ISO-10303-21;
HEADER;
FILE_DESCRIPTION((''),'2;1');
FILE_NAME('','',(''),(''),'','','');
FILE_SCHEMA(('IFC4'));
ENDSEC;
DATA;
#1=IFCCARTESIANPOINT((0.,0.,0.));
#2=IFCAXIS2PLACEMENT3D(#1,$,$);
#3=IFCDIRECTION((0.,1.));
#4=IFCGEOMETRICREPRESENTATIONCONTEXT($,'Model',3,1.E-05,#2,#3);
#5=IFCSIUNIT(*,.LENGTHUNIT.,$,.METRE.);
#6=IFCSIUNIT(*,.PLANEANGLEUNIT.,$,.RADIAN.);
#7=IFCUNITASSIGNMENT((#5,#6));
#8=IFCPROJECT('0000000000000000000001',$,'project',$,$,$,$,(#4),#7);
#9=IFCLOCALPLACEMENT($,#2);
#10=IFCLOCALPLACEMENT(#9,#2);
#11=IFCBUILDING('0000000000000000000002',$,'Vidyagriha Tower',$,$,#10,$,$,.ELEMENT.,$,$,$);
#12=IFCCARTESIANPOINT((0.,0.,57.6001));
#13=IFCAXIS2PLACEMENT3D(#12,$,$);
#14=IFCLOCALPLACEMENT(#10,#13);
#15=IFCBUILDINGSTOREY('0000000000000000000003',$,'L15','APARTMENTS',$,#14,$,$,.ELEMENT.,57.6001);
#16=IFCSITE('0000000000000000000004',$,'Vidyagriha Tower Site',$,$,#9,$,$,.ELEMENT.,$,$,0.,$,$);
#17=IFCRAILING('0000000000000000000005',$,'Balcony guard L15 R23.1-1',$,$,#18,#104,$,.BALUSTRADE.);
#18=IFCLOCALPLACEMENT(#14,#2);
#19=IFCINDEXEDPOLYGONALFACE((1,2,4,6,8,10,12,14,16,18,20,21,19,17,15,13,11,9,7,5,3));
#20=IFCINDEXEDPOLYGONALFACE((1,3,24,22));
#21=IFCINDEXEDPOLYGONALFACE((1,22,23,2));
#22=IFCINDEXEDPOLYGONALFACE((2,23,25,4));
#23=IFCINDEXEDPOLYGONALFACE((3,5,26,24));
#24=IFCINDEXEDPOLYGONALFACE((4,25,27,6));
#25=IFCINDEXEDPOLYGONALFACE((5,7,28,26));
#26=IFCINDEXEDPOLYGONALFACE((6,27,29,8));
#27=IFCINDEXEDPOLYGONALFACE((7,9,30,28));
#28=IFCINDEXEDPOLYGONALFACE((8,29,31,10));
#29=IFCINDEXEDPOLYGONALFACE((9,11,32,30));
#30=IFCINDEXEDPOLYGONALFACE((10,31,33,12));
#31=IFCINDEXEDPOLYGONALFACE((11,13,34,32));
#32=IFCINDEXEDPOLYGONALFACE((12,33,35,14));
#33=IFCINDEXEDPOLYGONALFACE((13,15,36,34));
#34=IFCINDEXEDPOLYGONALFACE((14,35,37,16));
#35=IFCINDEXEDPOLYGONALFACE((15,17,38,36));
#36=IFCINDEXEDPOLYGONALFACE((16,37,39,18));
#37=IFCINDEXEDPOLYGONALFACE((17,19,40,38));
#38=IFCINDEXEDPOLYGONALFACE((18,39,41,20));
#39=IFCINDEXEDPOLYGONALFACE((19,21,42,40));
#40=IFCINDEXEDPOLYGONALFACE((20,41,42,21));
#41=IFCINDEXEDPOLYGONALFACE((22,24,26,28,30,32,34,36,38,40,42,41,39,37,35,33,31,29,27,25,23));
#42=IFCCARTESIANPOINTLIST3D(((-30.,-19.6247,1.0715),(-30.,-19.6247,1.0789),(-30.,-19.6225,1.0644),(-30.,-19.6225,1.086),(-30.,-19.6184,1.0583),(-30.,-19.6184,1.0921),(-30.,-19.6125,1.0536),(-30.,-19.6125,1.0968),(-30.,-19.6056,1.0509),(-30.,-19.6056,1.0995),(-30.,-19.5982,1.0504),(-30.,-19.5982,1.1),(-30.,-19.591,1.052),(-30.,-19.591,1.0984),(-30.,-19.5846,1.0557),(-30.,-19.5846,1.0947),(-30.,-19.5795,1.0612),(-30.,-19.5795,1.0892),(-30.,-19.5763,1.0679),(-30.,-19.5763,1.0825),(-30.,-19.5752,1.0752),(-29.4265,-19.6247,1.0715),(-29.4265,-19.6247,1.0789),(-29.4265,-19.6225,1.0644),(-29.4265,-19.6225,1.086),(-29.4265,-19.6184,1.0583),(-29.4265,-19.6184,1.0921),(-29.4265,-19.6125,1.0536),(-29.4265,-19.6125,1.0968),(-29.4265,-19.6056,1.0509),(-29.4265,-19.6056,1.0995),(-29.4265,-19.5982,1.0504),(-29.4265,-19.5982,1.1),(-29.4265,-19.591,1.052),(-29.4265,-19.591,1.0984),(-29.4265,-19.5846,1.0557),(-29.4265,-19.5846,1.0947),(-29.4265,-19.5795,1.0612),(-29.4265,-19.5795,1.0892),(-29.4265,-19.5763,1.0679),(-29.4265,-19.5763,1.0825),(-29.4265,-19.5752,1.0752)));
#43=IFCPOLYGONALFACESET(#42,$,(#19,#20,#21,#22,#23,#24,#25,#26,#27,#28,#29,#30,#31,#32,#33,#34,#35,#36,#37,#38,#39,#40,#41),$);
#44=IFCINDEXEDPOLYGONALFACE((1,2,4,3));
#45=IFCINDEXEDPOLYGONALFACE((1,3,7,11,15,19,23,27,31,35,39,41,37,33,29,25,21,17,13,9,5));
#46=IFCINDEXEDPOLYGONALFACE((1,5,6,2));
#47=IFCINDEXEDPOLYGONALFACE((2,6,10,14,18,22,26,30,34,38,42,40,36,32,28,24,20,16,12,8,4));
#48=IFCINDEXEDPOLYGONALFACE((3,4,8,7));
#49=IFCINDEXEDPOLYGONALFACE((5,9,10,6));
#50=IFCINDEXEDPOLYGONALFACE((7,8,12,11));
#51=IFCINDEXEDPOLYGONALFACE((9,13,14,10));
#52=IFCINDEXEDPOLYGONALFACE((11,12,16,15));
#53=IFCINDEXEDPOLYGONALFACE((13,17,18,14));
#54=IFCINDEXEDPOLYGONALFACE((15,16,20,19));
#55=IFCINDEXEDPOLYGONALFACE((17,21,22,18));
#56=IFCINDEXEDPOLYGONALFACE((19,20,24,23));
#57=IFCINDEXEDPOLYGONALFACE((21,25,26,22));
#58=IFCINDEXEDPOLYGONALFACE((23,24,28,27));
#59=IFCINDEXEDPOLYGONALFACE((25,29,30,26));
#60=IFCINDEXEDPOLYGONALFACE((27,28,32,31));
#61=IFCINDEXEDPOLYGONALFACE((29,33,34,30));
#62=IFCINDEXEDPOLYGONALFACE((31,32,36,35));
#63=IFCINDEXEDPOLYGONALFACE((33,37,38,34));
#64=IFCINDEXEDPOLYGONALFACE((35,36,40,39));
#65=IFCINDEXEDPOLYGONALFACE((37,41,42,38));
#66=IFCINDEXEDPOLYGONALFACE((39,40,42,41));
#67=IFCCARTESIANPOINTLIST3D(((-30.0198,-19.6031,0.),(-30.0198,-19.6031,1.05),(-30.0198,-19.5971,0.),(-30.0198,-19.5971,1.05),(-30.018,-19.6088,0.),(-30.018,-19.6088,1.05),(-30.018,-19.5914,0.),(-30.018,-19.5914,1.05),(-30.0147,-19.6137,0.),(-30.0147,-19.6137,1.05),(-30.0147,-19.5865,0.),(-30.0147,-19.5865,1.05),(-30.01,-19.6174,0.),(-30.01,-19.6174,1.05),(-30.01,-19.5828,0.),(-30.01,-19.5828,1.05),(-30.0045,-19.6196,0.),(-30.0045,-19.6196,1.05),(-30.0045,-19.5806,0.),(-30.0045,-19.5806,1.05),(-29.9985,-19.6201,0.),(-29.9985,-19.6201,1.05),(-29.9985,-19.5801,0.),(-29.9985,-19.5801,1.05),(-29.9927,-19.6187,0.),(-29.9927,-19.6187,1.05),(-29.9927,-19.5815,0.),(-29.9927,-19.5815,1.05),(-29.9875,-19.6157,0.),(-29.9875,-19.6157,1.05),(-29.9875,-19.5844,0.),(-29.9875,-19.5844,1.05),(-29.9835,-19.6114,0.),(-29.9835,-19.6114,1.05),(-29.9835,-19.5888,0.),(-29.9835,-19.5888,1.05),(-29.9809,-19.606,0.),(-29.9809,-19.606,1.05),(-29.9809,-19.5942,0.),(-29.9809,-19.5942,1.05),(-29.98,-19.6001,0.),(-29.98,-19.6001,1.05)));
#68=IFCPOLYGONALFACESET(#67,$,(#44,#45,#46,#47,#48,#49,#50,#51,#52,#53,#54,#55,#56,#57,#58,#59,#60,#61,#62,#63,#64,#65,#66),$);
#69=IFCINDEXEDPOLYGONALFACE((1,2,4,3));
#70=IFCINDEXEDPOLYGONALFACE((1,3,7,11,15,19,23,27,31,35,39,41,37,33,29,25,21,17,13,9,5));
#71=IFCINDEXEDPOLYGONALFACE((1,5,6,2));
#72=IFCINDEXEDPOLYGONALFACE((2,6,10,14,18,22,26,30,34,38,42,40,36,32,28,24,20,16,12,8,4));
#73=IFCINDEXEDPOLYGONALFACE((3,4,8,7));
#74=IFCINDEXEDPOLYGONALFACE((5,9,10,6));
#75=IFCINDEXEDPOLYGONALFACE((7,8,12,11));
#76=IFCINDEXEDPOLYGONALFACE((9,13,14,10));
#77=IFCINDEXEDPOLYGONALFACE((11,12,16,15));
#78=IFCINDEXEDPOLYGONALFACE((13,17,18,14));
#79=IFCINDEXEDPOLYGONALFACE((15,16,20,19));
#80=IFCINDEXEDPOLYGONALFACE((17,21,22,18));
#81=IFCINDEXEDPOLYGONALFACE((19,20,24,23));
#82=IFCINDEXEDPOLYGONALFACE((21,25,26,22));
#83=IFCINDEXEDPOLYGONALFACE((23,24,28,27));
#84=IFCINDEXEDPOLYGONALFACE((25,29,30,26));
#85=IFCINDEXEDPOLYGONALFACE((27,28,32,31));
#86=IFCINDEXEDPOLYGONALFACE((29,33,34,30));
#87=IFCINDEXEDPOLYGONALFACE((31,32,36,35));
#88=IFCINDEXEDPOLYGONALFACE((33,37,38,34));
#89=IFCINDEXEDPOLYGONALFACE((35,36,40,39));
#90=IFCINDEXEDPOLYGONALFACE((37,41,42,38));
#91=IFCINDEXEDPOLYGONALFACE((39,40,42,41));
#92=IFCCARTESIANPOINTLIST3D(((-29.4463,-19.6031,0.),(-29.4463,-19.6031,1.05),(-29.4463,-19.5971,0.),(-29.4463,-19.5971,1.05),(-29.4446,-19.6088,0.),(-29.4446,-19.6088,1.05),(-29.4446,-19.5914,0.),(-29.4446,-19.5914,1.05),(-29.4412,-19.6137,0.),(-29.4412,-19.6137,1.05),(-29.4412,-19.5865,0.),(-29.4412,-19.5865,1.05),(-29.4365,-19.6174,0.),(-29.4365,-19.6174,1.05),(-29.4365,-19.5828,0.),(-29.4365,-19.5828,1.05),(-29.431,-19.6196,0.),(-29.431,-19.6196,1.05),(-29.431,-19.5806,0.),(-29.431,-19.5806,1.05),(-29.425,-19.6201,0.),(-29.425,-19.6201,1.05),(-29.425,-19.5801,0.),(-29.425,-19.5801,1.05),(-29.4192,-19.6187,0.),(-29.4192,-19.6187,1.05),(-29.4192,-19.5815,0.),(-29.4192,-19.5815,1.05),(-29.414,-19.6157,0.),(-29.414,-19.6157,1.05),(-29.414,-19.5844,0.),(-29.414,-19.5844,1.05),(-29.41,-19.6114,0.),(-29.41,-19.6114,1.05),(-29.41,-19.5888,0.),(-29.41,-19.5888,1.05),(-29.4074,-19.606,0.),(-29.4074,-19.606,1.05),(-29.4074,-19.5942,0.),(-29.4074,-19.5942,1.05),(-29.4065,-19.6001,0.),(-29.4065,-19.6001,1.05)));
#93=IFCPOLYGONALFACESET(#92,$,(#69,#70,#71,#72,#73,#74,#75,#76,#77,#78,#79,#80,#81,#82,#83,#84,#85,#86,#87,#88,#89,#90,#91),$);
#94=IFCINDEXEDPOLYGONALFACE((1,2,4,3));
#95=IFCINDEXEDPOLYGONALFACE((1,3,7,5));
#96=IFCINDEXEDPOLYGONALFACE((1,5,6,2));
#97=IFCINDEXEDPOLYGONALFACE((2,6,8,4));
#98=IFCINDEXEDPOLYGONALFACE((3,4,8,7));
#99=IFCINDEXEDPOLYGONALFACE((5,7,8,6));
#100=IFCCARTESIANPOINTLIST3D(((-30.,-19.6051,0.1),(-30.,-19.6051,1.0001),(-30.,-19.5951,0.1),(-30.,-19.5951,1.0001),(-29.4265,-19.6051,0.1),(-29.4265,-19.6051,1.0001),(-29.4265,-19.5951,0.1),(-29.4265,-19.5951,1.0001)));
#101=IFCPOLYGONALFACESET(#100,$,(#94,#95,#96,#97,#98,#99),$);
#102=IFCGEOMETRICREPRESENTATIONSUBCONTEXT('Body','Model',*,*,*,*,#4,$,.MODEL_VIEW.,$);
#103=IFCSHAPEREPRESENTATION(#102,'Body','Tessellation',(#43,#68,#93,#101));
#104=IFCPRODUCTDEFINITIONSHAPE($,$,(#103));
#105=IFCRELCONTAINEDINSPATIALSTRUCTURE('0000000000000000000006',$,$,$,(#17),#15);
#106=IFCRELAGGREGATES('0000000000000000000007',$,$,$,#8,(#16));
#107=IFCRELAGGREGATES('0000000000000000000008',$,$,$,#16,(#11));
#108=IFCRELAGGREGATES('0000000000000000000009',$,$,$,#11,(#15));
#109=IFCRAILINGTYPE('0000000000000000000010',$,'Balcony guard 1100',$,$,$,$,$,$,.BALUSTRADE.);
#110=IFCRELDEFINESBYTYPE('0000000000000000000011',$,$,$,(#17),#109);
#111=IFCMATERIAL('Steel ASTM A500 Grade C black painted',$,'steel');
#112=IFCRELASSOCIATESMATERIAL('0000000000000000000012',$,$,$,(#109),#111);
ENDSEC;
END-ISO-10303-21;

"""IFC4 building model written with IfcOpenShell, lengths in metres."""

from ifc_helpers import new_model, si_unit, direction, frame, origin, origin_2d, place, context, subcontext, project, spatial, rectangle, circle, extrude, material, type_object, element, save


model = new_model("IFC4")

# Units and contexts
model_context = context("Model", 3, precision=1e-05, world=origin(), true_north=direction((0.0, 1.0)))
body_context = subcontext(model_context, "Body", "Model", "MODEL_VIEW")
ifc_project = project(units=[si_unit("LENGTHUNIT", "METRE"), si_unit("PLANEANGLEUNIT", "RADIAN")], contexts=[model_context])

# Site, building, storey
site_placement = place(None, origin())
site = spatial("IfcSite", under=ifc_project, at=site_placement, Name="Vidyagriha Tower Site", CompositionType="ELEMENT", RefElevation=0.0)
building_placement = place(site_placement, origin())
building = spatial("IfcBuilding", under=site, at=building_placement, Name="Vidyagriha Tower", CompositionType="ELEMENT")
storey_placement = place(building_placement, frame((0.0, 0.0, 57.6001)))
storey = spatial("IfcBuildingStorey", under=building, at=storey_placement, Name="L15", Description="APARTMENTS", CompositionType="ELEMENT", Elevation=57.6001)

# Railing
ifc_material_1 = material(Name="Steel ASTM A500 Grade C black painted", Category="steel")
railing_type_1 = type_object("IfcRailingType", Name="Balcony guard 1100", PredefinedType="BALUSTRADE", material=ifc_material_1)
railing_1_placement = place(storey_placement, frame((-30.0, -19.6001, 0.0)))
element("IfcRailing", 1, at=railing_1_placement, inside=storey, type_object=railing_type_1, Name="Balcony guard L15 R23.1-1", PredefinedType="BALUSTRADE", context=body_context, shape_type="SweptSolid", body=[
    extrude(circle(Radius=0.0249, at=origin_2d()), frame((0.0, 0.0, 1.0752), z_axis=(1.0, 0.0, 0.0), x_axis=(0.0, 1.0, 0.0)), (0.0, 0.0, 1.0), 0.5735),
    extrude(circle(Radius=0.02, at=origin_2d()), origin(), (0.0, 0.0, 1.0), 1.05),
    extrude(circle(Radius=0.02, at=origin_2d()), frame((0.5735, 0.0, 0.0)), (0.0, 0.0, 1.0), 1.05),
    extrude(rectangle(XDim=0.01, YDim=0.9001, at=origin_2d()), frame((0.0, 0.0, 0.55), z_axis=(1.0, 0.0, 0.0), x_axis=(0.0, 1.0, 0.0)), (0.0, 0.0, 1.0), 0.5735),
])

save(model, "model.ifc")
